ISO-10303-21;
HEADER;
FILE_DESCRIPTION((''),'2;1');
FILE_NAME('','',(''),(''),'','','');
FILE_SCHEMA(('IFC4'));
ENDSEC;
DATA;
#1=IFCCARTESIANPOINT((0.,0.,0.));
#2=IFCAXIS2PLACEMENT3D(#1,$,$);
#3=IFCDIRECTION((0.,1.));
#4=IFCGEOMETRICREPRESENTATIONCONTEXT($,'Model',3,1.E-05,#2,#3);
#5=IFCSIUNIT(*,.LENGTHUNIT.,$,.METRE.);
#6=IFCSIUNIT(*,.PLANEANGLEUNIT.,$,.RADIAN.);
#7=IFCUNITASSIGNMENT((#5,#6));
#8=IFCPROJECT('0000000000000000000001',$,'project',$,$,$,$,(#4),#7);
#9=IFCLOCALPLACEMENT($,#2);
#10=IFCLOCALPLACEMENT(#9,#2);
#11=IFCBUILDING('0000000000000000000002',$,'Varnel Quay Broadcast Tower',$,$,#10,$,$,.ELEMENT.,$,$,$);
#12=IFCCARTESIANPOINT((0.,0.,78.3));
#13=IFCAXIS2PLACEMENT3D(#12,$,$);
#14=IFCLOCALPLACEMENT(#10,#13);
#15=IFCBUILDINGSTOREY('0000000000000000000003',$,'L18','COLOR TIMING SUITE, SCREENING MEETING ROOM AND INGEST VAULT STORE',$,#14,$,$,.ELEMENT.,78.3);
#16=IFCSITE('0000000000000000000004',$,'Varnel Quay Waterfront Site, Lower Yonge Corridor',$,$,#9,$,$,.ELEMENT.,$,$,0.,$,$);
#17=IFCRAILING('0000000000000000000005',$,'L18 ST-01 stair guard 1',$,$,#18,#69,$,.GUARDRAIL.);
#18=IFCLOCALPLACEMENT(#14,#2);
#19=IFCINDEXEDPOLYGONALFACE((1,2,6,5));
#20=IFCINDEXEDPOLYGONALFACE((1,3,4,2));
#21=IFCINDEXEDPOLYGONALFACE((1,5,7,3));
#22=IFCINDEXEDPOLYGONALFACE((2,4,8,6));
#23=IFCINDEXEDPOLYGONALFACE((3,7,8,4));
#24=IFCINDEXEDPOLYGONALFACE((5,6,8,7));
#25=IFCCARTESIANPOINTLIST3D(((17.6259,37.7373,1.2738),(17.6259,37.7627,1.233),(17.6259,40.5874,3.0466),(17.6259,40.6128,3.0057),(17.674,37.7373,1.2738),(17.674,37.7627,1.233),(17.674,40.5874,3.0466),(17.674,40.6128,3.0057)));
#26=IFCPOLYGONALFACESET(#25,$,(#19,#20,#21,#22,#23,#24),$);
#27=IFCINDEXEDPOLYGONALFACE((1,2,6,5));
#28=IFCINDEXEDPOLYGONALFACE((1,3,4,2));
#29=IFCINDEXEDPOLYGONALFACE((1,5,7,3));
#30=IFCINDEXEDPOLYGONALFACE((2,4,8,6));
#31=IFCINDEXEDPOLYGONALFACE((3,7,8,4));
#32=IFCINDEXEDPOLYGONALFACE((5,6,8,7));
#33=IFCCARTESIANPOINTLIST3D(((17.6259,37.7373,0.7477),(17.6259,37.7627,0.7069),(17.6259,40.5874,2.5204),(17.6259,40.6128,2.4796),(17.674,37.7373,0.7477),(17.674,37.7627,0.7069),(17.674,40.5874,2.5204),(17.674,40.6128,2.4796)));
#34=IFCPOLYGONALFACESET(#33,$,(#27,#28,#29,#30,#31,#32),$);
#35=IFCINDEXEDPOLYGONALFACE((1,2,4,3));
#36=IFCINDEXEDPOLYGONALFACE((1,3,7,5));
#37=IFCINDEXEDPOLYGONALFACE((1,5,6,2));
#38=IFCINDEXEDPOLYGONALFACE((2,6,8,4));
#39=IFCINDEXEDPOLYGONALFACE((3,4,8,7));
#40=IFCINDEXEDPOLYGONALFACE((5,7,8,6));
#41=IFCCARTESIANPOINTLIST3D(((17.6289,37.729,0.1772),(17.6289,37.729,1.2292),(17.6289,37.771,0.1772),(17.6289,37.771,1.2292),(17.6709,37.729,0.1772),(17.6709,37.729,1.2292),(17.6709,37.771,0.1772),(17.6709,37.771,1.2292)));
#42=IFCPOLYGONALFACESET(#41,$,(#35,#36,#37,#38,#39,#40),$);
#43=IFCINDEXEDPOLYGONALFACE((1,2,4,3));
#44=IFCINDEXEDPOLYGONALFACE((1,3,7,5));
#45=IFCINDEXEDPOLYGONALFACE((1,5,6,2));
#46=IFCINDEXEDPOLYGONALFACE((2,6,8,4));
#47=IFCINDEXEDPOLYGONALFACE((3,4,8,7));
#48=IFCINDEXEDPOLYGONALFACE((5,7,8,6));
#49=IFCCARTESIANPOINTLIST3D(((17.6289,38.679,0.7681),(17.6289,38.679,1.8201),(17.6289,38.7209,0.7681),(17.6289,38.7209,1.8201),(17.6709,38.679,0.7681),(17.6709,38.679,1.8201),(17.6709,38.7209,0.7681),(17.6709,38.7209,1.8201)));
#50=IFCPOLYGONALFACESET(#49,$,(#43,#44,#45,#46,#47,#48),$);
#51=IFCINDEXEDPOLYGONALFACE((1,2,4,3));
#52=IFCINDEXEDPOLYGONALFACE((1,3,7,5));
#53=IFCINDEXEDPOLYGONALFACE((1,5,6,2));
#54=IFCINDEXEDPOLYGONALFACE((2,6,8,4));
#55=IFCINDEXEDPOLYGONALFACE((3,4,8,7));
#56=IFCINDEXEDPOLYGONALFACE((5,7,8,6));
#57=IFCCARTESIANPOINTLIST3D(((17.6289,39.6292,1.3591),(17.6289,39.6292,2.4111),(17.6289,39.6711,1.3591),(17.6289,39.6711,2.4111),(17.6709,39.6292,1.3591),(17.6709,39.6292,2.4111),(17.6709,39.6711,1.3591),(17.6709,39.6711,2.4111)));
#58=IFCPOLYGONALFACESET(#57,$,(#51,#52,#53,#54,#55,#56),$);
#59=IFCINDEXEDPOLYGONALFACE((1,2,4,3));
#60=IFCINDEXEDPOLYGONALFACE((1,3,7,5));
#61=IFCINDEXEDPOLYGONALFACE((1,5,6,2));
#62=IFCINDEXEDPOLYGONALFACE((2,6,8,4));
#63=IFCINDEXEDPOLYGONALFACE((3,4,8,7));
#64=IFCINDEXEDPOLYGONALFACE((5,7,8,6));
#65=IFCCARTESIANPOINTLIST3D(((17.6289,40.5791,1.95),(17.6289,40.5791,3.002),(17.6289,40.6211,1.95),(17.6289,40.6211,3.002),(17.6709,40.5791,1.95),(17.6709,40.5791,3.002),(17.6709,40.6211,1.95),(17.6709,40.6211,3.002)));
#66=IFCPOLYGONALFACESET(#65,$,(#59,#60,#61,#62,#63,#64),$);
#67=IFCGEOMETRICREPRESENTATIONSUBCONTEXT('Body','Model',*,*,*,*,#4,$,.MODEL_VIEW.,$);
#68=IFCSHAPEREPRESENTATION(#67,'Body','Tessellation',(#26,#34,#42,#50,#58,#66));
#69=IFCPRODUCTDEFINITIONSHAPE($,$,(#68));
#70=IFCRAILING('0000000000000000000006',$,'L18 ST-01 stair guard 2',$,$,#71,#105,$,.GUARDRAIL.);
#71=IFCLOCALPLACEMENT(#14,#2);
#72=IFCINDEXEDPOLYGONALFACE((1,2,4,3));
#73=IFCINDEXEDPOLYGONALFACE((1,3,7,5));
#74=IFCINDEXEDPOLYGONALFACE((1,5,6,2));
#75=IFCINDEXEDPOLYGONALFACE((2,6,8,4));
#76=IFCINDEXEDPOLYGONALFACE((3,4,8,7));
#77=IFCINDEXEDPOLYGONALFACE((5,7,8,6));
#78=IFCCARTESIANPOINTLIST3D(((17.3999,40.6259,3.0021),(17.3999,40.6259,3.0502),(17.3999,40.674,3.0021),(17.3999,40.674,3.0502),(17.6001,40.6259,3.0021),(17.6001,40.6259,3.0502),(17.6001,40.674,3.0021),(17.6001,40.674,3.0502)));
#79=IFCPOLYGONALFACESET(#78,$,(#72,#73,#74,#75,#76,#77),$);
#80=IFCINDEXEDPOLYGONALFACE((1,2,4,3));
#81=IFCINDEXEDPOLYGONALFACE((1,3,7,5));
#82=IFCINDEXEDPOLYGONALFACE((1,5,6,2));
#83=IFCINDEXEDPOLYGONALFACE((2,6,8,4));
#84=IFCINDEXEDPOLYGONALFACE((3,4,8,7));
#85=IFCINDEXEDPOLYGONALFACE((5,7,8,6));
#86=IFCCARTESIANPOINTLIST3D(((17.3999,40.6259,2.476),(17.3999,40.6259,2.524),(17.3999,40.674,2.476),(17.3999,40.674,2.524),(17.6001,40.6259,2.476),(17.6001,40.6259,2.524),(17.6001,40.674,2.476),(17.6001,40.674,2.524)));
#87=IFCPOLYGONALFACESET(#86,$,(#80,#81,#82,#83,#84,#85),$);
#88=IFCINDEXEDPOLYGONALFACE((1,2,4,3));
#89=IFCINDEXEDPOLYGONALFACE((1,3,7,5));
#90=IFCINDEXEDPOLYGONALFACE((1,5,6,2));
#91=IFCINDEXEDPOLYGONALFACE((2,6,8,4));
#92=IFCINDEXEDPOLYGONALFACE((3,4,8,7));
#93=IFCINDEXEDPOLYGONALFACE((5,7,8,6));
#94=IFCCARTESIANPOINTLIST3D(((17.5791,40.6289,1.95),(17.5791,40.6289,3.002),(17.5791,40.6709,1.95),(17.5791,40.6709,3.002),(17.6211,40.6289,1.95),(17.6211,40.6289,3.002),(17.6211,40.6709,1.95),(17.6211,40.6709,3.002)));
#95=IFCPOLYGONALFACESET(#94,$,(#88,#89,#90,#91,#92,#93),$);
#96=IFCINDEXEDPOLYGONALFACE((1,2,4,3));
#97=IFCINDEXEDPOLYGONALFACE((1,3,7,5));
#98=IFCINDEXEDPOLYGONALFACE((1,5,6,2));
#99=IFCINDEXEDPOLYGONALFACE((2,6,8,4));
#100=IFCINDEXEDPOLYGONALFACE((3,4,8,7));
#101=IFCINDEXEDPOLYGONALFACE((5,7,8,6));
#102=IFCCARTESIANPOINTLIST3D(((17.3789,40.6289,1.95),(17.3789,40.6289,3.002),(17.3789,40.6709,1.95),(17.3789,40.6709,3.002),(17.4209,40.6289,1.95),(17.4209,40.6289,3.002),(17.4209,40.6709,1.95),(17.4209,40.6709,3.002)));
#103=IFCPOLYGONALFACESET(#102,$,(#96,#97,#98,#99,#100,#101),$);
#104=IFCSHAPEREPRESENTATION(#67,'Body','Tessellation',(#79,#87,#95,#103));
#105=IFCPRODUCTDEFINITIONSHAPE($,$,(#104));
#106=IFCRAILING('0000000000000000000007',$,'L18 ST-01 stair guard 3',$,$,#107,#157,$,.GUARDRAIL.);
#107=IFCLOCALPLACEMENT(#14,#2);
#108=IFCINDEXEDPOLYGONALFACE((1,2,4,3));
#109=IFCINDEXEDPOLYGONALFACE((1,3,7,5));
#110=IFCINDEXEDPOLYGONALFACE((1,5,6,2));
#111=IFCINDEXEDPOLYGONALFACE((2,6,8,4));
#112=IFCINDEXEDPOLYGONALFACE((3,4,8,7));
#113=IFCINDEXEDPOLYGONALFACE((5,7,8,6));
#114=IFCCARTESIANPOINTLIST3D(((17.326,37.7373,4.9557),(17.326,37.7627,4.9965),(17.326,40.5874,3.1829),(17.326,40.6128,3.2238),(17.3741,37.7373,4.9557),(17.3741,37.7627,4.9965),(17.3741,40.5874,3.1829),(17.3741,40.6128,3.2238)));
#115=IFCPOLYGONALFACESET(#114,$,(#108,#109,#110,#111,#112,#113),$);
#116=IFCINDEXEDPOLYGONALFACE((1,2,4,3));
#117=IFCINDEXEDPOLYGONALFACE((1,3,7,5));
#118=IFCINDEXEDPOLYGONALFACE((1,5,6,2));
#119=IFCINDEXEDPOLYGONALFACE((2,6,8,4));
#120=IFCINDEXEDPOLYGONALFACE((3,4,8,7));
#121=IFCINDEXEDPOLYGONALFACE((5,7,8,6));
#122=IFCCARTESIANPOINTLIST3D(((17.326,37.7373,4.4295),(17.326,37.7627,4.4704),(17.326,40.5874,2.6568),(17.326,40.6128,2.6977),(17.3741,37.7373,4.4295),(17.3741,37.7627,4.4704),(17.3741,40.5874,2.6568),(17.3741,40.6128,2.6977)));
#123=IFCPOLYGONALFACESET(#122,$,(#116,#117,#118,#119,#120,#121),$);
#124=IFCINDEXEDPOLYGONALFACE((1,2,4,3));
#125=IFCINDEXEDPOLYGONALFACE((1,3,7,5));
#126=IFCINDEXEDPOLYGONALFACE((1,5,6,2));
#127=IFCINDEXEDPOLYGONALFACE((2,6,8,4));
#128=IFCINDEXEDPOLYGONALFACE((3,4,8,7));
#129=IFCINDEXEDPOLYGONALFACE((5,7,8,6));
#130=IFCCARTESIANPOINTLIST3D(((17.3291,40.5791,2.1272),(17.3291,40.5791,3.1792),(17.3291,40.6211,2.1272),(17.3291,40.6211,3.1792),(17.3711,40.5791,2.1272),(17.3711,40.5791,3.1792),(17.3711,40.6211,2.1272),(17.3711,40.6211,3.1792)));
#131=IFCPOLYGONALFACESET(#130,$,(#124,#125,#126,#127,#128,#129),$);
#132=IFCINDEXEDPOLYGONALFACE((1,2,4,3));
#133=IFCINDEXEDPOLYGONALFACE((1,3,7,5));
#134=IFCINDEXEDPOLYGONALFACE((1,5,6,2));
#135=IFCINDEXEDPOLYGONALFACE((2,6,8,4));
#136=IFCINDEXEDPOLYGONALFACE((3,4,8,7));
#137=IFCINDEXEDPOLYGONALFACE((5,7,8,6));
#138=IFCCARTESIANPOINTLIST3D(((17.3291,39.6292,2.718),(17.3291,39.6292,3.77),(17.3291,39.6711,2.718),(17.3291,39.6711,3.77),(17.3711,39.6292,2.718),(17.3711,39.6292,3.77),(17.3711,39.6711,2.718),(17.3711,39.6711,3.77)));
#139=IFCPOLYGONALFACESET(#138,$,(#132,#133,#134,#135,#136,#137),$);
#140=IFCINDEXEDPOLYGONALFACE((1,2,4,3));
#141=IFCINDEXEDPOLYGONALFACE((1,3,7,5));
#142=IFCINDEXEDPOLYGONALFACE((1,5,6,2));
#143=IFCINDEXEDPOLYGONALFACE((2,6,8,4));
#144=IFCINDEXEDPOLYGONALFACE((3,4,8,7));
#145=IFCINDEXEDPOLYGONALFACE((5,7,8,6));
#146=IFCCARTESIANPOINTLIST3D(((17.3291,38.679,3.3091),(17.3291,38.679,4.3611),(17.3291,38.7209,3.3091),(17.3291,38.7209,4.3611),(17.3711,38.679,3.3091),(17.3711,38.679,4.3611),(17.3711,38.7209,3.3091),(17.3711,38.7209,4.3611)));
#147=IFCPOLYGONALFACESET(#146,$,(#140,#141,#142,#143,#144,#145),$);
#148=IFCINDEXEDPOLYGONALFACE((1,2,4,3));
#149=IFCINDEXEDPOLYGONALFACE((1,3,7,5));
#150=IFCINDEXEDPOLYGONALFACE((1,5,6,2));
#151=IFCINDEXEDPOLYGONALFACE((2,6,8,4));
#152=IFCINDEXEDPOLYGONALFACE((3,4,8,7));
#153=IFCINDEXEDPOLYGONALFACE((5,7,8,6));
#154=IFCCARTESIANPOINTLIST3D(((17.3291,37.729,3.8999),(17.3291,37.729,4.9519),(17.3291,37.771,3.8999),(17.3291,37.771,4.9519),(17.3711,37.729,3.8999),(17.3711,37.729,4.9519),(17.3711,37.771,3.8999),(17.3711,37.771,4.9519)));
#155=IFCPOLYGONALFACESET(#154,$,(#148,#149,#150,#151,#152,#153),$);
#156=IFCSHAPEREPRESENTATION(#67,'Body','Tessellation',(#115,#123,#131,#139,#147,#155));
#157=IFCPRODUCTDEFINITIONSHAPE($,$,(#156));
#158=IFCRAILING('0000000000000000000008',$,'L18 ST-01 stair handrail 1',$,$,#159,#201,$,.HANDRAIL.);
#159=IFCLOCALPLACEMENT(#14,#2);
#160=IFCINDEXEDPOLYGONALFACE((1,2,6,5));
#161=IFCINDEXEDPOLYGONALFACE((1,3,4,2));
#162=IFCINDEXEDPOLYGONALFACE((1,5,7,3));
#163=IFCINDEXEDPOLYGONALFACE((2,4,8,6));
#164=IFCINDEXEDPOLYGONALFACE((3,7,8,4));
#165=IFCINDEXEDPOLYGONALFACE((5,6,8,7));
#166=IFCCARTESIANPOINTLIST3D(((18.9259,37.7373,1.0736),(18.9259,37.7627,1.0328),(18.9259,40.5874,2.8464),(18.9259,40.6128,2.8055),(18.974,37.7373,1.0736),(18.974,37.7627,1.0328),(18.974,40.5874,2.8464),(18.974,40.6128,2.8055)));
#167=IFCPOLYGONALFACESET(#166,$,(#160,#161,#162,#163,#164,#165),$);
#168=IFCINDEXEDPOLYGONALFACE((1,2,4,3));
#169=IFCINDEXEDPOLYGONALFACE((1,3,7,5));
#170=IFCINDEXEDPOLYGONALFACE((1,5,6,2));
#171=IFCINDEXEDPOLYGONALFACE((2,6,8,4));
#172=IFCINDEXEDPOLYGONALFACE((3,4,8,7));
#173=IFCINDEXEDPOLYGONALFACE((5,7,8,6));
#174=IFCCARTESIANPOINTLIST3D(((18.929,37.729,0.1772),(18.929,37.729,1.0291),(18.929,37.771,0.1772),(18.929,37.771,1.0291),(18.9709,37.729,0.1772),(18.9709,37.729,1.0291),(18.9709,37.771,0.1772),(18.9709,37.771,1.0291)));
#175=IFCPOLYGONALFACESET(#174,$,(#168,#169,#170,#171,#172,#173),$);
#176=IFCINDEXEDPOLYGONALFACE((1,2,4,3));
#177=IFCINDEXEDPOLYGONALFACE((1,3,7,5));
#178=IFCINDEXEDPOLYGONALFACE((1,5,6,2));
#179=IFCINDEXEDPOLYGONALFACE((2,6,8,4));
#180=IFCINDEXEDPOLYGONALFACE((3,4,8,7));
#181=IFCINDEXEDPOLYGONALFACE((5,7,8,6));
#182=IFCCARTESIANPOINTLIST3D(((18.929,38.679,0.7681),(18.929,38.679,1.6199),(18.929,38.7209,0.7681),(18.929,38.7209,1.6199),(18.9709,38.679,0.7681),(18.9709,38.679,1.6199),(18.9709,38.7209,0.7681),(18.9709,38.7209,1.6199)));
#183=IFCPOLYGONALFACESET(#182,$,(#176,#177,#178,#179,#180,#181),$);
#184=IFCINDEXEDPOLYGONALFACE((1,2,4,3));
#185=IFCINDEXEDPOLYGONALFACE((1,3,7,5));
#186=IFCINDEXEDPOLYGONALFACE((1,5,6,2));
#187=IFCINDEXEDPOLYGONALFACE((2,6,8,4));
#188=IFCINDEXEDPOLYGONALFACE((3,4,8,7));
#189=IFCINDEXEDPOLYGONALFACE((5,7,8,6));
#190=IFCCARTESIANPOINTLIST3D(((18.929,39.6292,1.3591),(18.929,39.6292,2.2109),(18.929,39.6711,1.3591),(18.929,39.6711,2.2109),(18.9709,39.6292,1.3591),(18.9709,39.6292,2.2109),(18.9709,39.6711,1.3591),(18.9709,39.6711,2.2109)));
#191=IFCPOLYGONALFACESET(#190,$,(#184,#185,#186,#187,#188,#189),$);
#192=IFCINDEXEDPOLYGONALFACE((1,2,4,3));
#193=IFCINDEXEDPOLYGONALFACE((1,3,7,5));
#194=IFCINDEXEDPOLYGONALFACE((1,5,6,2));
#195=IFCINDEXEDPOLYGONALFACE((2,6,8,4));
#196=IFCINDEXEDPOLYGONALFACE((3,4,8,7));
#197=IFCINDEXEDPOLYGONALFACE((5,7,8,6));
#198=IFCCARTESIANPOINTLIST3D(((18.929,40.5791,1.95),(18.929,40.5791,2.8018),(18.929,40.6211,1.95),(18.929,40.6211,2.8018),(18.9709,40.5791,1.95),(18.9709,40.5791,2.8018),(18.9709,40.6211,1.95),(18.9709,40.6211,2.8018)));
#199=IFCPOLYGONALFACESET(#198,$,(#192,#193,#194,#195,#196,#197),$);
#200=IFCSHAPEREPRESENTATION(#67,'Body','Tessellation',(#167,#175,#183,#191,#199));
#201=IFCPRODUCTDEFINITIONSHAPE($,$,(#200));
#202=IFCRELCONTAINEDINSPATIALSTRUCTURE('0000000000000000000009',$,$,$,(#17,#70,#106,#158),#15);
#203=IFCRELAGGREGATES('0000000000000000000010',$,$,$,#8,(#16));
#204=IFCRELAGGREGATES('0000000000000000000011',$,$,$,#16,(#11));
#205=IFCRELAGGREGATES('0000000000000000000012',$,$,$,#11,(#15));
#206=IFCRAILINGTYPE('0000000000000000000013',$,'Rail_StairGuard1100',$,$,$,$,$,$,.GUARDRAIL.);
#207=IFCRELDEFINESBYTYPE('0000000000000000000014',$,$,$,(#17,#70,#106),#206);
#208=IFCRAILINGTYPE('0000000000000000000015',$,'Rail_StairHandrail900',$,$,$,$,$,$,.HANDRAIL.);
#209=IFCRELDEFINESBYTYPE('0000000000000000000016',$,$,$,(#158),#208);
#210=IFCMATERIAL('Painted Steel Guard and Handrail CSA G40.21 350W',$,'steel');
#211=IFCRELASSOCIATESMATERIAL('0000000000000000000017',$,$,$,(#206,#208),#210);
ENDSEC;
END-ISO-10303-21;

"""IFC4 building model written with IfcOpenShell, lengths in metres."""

from ifc_helpers import new_model, si_unit, direction, frame, origin, origin_2d, place, context, subcontext, project, spatial, rectangle, extrude, material, type_object, element, save


model = new_model("IFC4")

# Units and contexts
model_context = context("Model", 3, precision=1e-05, world=origin(), true_north=direction((0.0, 1.0)))
body_context = subcontext(model_context, "Body", "Model", "MODEL_VIEW")
ifc_project = project(units=[si_unit("LENGTHUNIT", "METRE"), si_unit("PLANEANGLEUNIT", "RADIAN")], contexts=[model_context])

# Site, building, storey
site_placement = place(None, origin())
site = spatial("IfcSite", under=ifc_project, at=site_placement, Name="Varnel Quay Waterfront Site, Lower Yonge Corridor", CompositionType="ELEMENT", RefElevation=0.0)
building_placement = place(site_placement, origin())
building = spatial("IfcBuilding", under=site, at=building_placement, Name="Varnel Quay Broadcast Tower", CompositionType="ELEMENT")
storey_placement = place(building_placement, frame((0.0, 0.0, 78.3)))
storey = spatial("IfcBuildingStorey", under=building, at=storey_placement, Name="L18", Description="COLOR TIMING SUITE, SCREENING MEETING ROOM AND INGEST VAULT STORE", CompositionType="ELEMENT", Elevation=78.3)

# Railings
ifc_material_1 = material(Name="Painted Steel Guard and Handrail CSA G40.21 350W", Category="steel")
railing_type_1 = type_object("IfcRailingType", Name="Rail_StairGuard1100", PredefinedType="GUARDRAIL", material=ifc_material_1)
railing_1_placement = place(storey_placement, frame((17.6499, 37.75, 0.1772)))
element("IfcRailing", 1, at=railing_1_placement, inside=storey, type_object=railing_type_1, Name="L18 ST-01 stair guard 1", PredefinedType="GUARDRAIL", context=body_context, shape_type="SweptSolid", body=[
    extrude(rectangle(XDim=0.0481, YDim=0.0481, at=origin_2d()), frame((0.0, 0.0, 1.0762), z_axis=(0.0, 0.849149, 0.528154), x_axis=(-1.0, 0.0, 0.0)), (0.0, 0.0, 1.0), 3.3564),
    extrude(rectangle(XDim=0.0481, YDim=0.0481, at=origin_2d()), frame((0.0, 0.0, 0.55), z_axis=(0.0, 0.849149, 0.528154), x_axis=(-1.0, 0.0, 0.0)), (0.0, 0.0, 1.0), 3.3564),
    extrude(rectangle(XDim=0.042, YDim=0.042, at=origin_2d()), origin(), (0.0, 0.0, 1.0), 1.052),
    extrude(rectangle(XDim=0.042, YDim=0.042, at=origin_2d()), frame((0.0, 0.95, 0.5908)), (0.0, 0.0, 1.0), 1.052),
    extrude(rectangle(XDim=0.042, YDim=0.042, at=origin_2d()), frame((0.0, 1.9001, 1.1819)), (0.0, 0.0, 1.0), 1.052),
    extrude(rectangle(XDim=0.042, YDim=0.042, at=origin_2d()), frame((0.0, 2.8501, 1.7727)), (0.0, 0.0, 1.0), 1.052),
])
railing_2_placement = place(storey_placement, frame((17.6001, 40.6499, 1.95)))
element("IfcRailing", 2, at=railing_2_placement, inside=storey, type_object=railing_type_1, Name="L18 ST-01 stair guard 2", PredefinedType="GUARDRAIL", context=body_context, shape_type="SweptSolid", body=[
    extrude(rectangle(XDim=0.0481, YDim=0.0481, at=origin_2d()), frame((0.0, 0.0, 1.0762), z_axis=(-1.0, 0.0, 0.0), x_axis=(0.0, -1.0, 0.0)), (0.0, 0.0, 1.0), 0.2002),
    extrude(rectangle(XDim=0.0481, YDim=0.0481, at=origin_2d()), frame((0.0, 0.0, 0.55), z_axis=(-1.0, 0.0, 0.0), x_axis=(0.0, -1.0, 0.0)), (0.0, 0.0, 1.0), 0.2002),
    extrude(rectangle(XDim=0.042, YDim=0.042, at=origin_2d()), origin(), (0.0, 0.0, 1.0), 1.052),
    extrude(rectangle(XDim=0.042, YDim=0.042, at=origin_2d()), frame((-0.2002, 0.0, 0.0)), (0.0, 0.0, 1.0), 1.052),
])
railing_3_placement = place(storey_placement, frame((17.3501, 40.6001, 2.1272)))
element("IfcRailing", 3, at=railing_3_placement, inside=storey, type_object=railing_type_1, Name="L18 ST-01 stair guard 3", PredefinedType="GUARDRAIL", context=body_context, shape_type="SweptSolid", body=[
    extrude(rectangle(XDim=0.0481, YDim=0.0481, at=origin_2d()), frame((0.0, 0.0, 1.0762), z_axis=(0.0, -0.849149, 0.528154), x_axis=(1.0, 0.0, 0.0)), (0.0, 0.0, 1.0), 3.3564),
    extrude(rectangle(XDim=0.0481, YDim=0.0481, at=origin_2d()), frame((0.0, 0.0, 0.55), z_axis=(0.0, -0.849149, 0.528154), x_axis=(1.0, 0.0, 0.0)), (0.0, 0.0, 1.0), 3.3564),
    extrude(rectangle(XDim=0.042, YDim=0.042, at=origin_2d()), origin(), (0.0, 0.0, 1.0), 1.052),
    extrude(rectangle(XDim=0.042, YDim=0.042, at=origin_2d()), frame((0.0, -0.95, 0.5908)), (0.0, 0.0, 1.0), 1.052),
    extrude(rectangle(XDim=0.042, YDim=0.042, at=origin_2d()), frame((0.0, -1.9001, 1.1819)), (0.0, 0.0, 1.0), 1.052),
    extrude(rectangle(XDim=0.042, YDim=0.042, at=origin_2d()), frame((0.0, -2.8501, 1.7727)), (0.0, 0.0, 1.0), 1.052),
])
railing_type_2 = type_object("IfcRailingType", Name="Rail_StairHandrail900", PredefinedType="HANDRAIL", material=ifc_material_1)
railing_4_placement = place(storey_placement, frame((18.95, 37.75, 0.1772)))
element("IfcRailing", 4, at=railing_4_placement, inside=storey, type_object=railing_type_2, Name="L18 ST-01 stair handrail 1", PredefinedType="HANDRAIL", context=body_context, shape_type="SweptSolid", body=[
    extrude(rectangle(XDim=0.0481, YDim=0.0481, at=origin_2d()), frame((0.0, 0.0, 0.876), z_axis=(0.0, 0.849149, 0.528154), x_axis=(-1.0, 0.0, 0.0)), (0.0, 0.0, 1.0), 3.3564),
    extrude(rectangle(XDim=0.042, YDim=0.042, at=origin_2d()), origin(), (0.0, 0.0, 1.0), 0.8518),
    extrude(rectangle(XDim=0.042, YDim=0.042, at=origin_2d()), frame((0.0, 0.95, 0.5908)), (0.0, 0.0, 1.0), 0.8518),
    extrude(rectangle(XDim=0.042, YDim=0.042, at=origin_2d()), frame((0.0, 1.9001, 1.1819)), (0.0, 0.0, 1.0), 0.8518),
    extrude(rectangle(XDim=0.042, YDim=0.042, at=origin_2d()), frame((0.0, 2.8501, 1.7727)), (0.0, 0.0, 1.0), 0.8518),
])

save(model, "model.ifc")
